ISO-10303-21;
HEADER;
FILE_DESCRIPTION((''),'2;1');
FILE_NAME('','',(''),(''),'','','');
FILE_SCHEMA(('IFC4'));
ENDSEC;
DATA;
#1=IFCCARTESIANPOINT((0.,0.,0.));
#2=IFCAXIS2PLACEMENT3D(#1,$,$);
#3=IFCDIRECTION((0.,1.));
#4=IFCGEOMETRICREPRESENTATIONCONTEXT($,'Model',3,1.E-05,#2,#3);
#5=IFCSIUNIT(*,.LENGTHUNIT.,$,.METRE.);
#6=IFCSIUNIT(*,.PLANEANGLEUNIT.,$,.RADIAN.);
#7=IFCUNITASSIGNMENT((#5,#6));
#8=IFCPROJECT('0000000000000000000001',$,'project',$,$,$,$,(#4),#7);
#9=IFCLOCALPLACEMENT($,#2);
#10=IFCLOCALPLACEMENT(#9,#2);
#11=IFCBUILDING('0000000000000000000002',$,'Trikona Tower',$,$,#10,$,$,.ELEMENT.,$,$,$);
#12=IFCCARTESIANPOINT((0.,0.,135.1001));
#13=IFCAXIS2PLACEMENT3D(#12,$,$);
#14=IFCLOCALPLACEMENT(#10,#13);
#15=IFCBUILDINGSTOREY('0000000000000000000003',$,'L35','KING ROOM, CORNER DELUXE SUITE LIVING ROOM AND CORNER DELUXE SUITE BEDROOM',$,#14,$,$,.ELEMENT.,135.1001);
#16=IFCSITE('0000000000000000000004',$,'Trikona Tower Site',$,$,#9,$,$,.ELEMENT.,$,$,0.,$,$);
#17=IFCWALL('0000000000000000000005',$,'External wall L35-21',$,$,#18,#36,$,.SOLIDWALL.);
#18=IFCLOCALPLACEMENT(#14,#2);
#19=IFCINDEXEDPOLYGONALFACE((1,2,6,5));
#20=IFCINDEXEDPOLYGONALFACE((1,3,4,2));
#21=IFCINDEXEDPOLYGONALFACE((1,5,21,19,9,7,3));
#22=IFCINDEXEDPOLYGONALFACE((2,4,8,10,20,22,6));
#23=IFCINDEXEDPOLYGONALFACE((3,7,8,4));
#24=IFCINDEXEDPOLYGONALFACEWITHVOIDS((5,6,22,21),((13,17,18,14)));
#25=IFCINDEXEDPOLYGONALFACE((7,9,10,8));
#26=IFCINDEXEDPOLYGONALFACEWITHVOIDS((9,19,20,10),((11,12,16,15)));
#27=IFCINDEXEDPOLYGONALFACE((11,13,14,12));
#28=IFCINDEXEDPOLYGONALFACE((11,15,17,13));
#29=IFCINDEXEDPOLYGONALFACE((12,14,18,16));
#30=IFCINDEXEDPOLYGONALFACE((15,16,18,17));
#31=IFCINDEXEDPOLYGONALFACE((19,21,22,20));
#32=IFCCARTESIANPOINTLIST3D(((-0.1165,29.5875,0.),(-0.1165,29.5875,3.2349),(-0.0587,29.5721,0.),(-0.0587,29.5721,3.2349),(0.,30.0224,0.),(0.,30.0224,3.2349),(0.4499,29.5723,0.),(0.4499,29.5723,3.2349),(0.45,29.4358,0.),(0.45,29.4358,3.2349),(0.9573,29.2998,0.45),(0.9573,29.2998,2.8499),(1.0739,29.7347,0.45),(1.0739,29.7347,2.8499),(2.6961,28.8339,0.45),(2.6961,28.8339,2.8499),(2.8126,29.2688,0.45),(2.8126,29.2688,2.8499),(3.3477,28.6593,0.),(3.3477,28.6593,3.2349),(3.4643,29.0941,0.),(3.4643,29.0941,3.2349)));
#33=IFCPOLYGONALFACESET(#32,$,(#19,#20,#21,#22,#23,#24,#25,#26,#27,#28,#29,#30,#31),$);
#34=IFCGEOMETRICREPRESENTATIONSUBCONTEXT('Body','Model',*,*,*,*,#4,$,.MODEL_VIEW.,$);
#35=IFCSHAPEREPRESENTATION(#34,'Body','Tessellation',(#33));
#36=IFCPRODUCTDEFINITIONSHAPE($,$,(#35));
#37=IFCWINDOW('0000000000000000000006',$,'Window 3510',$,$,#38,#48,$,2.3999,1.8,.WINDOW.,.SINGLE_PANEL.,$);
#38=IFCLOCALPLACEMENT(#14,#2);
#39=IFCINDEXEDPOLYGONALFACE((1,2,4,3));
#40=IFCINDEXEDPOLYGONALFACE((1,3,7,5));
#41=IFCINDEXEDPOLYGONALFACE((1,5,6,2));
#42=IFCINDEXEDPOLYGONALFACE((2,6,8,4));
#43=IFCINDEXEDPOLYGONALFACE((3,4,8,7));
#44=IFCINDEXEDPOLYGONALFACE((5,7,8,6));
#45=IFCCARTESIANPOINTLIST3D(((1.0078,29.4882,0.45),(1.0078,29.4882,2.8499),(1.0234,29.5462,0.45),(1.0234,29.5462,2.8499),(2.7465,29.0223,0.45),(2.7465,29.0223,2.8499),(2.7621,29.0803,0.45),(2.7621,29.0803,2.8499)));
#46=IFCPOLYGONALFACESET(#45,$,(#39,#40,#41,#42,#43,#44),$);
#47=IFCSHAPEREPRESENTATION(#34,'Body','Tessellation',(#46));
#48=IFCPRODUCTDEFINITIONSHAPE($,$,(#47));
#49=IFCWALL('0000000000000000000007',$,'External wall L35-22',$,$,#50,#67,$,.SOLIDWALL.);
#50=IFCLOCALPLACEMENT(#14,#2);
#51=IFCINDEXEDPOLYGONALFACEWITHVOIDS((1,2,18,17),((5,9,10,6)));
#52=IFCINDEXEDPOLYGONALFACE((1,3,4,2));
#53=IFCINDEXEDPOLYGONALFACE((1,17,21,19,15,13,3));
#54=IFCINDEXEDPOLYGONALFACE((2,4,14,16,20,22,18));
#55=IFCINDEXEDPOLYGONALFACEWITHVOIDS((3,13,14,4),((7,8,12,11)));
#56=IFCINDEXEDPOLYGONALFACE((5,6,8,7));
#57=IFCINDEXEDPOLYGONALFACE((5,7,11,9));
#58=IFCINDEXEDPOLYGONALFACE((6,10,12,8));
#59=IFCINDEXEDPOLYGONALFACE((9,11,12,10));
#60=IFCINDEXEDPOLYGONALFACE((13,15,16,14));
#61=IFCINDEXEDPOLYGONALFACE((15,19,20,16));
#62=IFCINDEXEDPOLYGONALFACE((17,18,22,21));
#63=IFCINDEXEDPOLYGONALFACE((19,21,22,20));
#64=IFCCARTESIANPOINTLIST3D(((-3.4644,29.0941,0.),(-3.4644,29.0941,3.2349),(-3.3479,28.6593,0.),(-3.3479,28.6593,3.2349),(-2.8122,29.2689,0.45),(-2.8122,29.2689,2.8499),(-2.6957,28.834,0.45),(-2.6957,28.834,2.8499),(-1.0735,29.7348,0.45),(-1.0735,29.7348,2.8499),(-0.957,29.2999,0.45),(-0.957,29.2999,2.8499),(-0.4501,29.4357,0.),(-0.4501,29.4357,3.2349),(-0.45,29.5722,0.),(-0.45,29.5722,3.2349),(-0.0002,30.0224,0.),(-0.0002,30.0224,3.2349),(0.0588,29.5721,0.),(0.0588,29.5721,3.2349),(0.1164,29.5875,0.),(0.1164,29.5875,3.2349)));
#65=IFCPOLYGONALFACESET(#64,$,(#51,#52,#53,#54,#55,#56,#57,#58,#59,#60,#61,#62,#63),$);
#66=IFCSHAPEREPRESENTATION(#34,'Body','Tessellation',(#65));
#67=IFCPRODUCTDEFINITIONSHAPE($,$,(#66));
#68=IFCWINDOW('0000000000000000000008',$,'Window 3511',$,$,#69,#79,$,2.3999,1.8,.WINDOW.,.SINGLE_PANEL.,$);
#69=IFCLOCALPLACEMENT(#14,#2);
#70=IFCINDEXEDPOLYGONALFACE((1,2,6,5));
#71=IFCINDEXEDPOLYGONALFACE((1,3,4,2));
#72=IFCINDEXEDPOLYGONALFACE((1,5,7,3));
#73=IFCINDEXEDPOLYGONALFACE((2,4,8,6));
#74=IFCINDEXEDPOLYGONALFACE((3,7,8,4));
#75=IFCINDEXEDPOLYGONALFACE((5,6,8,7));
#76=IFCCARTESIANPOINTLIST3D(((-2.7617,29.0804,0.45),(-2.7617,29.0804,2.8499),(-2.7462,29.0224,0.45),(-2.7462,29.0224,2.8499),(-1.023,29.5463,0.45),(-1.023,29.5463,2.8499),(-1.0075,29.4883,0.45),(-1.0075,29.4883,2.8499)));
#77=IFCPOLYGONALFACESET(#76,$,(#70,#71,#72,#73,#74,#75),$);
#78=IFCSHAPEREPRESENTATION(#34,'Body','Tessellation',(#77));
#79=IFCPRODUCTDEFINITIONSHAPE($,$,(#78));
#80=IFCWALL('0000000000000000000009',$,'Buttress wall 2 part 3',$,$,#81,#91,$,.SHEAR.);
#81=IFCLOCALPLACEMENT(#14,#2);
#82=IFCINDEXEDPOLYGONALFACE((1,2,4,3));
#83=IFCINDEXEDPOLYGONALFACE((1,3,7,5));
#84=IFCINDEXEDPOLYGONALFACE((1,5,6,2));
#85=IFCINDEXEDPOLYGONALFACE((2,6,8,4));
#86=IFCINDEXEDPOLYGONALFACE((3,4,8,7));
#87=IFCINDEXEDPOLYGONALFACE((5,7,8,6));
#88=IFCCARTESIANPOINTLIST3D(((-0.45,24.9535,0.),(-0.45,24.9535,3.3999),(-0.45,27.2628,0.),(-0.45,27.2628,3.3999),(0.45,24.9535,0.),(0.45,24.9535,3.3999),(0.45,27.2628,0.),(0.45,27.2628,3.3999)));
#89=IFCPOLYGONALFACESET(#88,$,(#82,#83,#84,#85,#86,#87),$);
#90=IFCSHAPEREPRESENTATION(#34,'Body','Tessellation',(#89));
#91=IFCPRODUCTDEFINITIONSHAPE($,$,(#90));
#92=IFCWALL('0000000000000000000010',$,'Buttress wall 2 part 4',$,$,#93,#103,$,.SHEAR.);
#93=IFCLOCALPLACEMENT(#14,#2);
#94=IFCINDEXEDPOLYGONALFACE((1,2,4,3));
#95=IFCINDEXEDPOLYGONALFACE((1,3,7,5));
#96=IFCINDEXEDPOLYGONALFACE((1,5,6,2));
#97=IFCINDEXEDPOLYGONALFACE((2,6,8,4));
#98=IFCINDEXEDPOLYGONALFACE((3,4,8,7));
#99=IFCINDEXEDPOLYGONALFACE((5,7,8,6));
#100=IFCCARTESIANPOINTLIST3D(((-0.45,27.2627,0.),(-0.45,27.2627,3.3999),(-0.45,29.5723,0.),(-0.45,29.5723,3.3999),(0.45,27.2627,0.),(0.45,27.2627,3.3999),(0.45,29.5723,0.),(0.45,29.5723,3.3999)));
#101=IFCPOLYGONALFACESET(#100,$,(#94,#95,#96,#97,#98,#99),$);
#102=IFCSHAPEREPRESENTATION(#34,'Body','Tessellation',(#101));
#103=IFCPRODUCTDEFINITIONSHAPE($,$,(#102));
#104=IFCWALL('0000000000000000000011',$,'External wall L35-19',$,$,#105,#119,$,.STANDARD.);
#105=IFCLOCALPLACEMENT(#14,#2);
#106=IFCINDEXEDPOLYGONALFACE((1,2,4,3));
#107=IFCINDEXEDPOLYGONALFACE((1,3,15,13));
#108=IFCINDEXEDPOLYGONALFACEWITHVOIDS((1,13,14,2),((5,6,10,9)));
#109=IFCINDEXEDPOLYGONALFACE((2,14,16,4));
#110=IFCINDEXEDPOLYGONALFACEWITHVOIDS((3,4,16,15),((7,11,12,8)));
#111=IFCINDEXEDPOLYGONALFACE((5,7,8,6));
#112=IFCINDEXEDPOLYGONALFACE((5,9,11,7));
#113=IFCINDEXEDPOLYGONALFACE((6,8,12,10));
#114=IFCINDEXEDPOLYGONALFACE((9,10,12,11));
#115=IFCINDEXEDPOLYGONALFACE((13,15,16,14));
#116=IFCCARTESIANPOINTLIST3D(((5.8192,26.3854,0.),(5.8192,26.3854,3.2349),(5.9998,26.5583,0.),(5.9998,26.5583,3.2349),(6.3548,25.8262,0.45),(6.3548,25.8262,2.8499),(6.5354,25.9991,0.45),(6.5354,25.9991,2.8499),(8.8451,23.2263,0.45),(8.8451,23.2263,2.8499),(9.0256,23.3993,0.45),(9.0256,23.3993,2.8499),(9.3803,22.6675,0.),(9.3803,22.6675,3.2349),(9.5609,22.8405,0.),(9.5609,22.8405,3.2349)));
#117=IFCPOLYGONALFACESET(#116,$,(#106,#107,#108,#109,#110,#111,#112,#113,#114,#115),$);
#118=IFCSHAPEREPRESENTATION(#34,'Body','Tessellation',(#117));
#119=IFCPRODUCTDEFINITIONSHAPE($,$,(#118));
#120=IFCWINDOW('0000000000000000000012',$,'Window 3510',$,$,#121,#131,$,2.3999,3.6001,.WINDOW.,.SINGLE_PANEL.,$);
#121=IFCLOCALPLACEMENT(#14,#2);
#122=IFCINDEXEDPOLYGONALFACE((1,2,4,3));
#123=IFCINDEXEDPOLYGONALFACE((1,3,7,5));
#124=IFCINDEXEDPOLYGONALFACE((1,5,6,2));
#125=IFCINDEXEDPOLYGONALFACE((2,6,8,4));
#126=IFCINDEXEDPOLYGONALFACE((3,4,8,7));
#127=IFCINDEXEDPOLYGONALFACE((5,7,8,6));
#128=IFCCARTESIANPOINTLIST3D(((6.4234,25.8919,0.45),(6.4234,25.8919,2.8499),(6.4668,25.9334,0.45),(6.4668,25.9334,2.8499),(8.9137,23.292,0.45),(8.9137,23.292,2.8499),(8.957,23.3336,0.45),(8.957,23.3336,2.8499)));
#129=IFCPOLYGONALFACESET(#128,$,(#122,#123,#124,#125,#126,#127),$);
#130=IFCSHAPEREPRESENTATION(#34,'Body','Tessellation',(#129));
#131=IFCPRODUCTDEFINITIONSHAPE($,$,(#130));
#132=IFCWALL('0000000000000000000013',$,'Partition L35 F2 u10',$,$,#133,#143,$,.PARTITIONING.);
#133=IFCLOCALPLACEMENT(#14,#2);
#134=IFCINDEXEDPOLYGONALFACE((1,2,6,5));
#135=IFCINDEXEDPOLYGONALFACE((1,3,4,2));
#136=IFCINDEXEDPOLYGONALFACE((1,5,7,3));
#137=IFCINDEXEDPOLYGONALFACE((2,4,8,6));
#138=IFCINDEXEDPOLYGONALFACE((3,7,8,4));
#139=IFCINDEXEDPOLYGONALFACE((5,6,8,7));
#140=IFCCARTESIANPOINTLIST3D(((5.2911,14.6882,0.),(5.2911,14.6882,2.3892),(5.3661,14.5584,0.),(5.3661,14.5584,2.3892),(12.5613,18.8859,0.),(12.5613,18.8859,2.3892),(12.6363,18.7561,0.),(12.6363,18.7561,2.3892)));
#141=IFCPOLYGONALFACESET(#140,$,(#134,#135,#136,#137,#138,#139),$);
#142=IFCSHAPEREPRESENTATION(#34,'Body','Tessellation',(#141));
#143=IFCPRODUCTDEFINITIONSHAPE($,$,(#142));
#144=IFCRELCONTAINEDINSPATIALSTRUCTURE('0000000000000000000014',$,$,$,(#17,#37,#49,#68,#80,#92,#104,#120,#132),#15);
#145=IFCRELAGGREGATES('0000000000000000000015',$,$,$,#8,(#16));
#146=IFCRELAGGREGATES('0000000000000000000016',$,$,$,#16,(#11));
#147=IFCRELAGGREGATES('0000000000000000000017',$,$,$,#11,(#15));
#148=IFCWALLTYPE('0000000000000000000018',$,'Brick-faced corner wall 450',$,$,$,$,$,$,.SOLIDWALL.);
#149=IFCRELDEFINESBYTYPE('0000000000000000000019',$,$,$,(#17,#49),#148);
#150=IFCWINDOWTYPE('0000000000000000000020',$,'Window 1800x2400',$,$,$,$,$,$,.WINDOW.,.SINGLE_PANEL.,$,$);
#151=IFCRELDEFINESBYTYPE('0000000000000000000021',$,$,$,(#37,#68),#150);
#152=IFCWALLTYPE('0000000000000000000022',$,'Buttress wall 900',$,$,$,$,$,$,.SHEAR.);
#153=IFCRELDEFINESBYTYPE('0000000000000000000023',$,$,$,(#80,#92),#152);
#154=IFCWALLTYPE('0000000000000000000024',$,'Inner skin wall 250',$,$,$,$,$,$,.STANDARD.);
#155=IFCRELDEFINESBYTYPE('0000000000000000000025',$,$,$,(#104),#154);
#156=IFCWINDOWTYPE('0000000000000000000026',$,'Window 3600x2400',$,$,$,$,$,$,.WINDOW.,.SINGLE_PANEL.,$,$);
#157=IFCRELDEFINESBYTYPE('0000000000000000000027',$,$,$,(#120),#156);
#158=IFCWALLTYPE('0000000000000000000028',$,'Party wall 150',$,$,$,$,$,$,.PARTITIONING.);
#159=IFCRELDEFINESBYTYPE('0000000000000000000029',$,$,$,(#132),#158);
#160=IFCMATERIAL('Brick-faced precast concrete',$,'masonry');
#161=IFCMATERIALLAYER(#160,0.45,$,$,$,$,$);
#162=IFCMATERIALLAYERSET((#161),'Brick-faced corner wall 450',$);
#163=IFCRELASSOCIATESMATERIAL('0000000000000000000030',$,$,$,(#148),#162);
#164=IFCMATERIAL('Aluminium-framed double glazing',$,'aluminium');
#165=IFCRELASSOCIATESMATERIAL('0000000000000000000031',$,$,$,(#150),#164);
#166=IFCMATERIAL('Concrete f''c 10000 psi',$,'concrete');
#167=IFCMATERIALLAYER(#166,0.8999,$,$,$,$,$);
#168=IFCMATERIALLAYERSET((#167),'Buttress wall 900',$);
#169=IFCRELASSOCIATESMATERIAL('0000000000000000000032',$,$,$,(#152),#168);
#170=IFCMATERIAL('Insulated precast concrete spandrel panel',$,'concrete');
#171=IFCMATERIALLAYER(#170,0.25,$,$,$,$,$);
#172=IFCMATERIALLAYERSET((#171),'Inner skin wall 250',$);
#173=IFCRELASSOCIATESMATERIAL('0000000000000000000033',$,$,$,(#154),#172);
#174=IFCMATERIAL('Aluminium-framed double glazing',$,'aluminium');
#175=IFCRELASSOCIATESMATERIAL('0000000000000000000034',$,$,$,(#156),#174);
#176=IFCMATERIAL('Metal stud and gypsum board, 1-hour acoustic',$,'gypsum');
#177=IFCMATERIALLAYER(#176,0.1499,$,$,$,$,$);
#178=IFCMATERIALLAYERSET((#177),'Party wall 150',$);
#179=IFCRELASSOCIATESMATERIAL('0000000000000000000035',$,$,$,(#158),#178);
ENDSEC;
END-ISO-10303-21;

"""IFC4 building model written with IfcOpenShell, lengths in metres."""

from ifc_helpers import new_model, si_unit, direction, frame, frame_2d, origin, place, context, subcontext, project, spatial, polyline, rectangle, outline, extrude, material, layer, layer_set, type_object, element, fill, save


model = new_model("IFC4")

# Units and contexts
model_context = context("Model", 3, precision=1e-05, world=origin(), true_north=direction((0.0, 1.0)))
body_context = subcontext(model_context, "Body", "Model", "MODEL_VIEW")
ifc_project = project(units=[si_unit("LENGTHUNIT", "METRE"), si_unit("PLANEANGLEUNIT", "RADIAN")], contexts=[model_context])

# Site, building, storey
site_placement = place(None, origin())
site = spatial("IfcSite", under=ifc_project, at=site_placement, Name="Trikona Tower Site", CompositionType="ELEMENT", RefElevation=0.0)
building_placement = place(site_placement, origin())
building = spatial("IfcBuilding", under=site, at=building_placement, Name="Trikona Tower", CompositionType="ELEMENT")
storey_placement = place(building_placement, frame((0.0, 0.0, 135.1001)))
storey = spatial("IfcBuildingStorey", under=building, at=storey_placement, Name="L35", Description="KING ROOM, CORNER DELUXE SUITE LIVING ROOM AND CORNER DELUXE SUITE BEDROOM", CompositionType="ELEMENT", Elevation=135.1001)

# Walls, openings, windows
ifc_material_1 = material(Name="Brick-faced precast concrete", Category="masonry")
ifc_layer_1 = layer(ifc_material_1, 0.45)
ifc_layer_set_1 = layer_set([ifc_layer_1], Name="Brick-faced corner wall 450")
wall_type_1 = type_object("IfcWallType", Name="Brick-faced corner wall 450", PredefinedType="SOLIDWALL", material=ifc_layer_set_1)
wall_1_placement = place(storey_placement, frame((3.406, 28.8767, 0.0), z_axis=(0.0, 0.0, 1.0), x_axis=(-0.965925, 0.258823, 0.0)))
wall_1 = element("IfcWall", 1, at=wall_1_placement, inside=storey, type_object=wall_type_1, Name="External wall L35-21", PredefinedType="SOLIDWALL", context=body_context, shape_type="SweptSolid", body=[
    extrude(outline(polyline([(3.5864, 0.2251), (3.5266, 0.2251), (3.0354, 0.0933), (3.0, 0.2251), (0.0, 0.2251), (0.0, -0.2251), (3.5864, -0.2251), (3.5864, 0.2251)])), origin(), (0.0, 0.0, 1.0), 3.2349),
])
opening_1_placement = place(wall_1_placement, frame((0.6748, 0.0, 0.45)))
opening_1 = element("IfcOpeningElement", 2, at=opening_1_placement, cuts=wall_1, PredefinedType="OPENING", context=body_context, shape_type="SweptSolid", body=[
    extrude(rectangle(XDim=1.8, YDim=2.3999, at=frame_2d((0.8999, 1.2))), frame((0.0, 0.2349, 0.0), z_axis=(0.0, -1.0, 0.0), x_axis=(1.0, 0.0, 0.0)), (0.0, 0.0, 1.0), 0.47),
])
ifc_material_2 = material(Name="Aluminium-framed double glazing", Category="aluminium")
window_type_1 = type_object("IfcWindowType", Name="Window 1800x2400", PartitioningType="SINGLE_PANEL", PredefinedType="WINDOW", material=ifc_material_2)
window_1_placement = place(opening_1_placement, origin())
window_1 = element("IfcWindow", 3, at=window_1_placement, inside=storey, type_object=window_type_1, Name="Window 3510", OverallHeight=2.3999, OverallWidth=1.8, PartitioningType="SINGLE_PANEL", PredefinedType="WINDOW", context=body_context, shape_type="SweptSolid", body=[
    extrude(rectangle(XDim=1.8, YDim=2.3999, at=frame_2d((0.8999, 1.2))), frame((0.0, 0.03, 0.0), z_axis=(0.0, -1.0, 0.0), x_axis=(1.0, 0.0, 0.0)), (0.0, 0.0, 1.0), 0.0601),
])
fill(opening_1, window_1)
wall_2_placement = place(storey_placement, frame((0.0581, 29.8049, 0.0), z_axis=(0.0, 0.0, 1.0), x_axis=(-0.965925, -0.258823, 0.0)))
wall_2 = element("IfcWall", 4, at=wall_2_placement, inside=storey, type_object=wall_type_1, Name="External wall L35-22", PredefinedType="SOLIDWALL", context=body_context, shape_type="SweptSolid", body=[
    extrude(outline(polyline([(3.5864, 0.2251), (0.5864, 0.2251), (0.551, 0.0933), (0.0596, 0.2251), (0.0, 0.2251), (0.0, -0.2251), (3.5864, -0.2251), (3.5864, 0.2251)])), origin(), (0.0, 0.0, 1.0), 3.2349),
])
opening_2_placement = place(wall_2_placement, frame((1.1113, 0.0, 0.45)))
opening_2 = element("IfcOpeningElement", 5, at=opening_2_placement, cuts=wall_2, PredefinedType="OPENING", context=body_context, shape_type="SweptSolid", body=[
    extrude(rectangle(XDim=1.8, YDim=2.3999, at=frame_2d((0.8999, 1.2))), frame((0.0, 0.2349, 0.0), z_axis=(0.0, -1.0, 0.0), x_axis=(1.0, 0.0, 0.0)), (0.0, 0.0, 1.0), 0.47),
])
window_2_placement = place(opening_2_placement, origin())
window_2 = element("IfcWindow", 6, at=window_2_placement, inside=storey, type_object=window_type_1, Name="Window 3511", OverallHeight=2.3999, OverallWidth=1.8, PartitioningType="SINGLE_PANEL", PredefinedType="WINDOW", context=body_context, shape_type="SweptSolid", body=[
    extrude(rectangle(XDim=1.8, YDim=2.3999, at=frame_2d((0.8999, 1.2))), frame((0.0, 0.03, 0.0), z_axis=(0.0, -1.0, 0.0), x_axis=(1.0, 0.0, 0.0)), (0.0, 0.0, 1.0), 0.0601),
])
fill(opening_2, window_2)

# Walls
ifc_material_3 = material(Name="Concrete f'c 10000 psi", Category="concrete")
ifc_layer_2 = layer(ifc_material_3, 0.8999)
ifc_layer_set_2 = layer_set([ifc_layer_2], Name="Buttress wall 900")
wall_type_2 = type_object("IfcWallType", Name="Buttress wall 900", PredefinedType="SHEAR", material=ifc_layer_set_2)
wall_3_placement = place(storey_placement, frame((0.0, 24.9534, 0.0), z_axis=(0.0, 0.0, 1.0), x_axis=(0.0, 1.0, 0.0)))
element("IfcWall", 7, at=wall_3_placement, inside=storey, type_object=wall_type_2, Name="Buttress wall 2 part 3", PredefinedType="SHEAR", context=body_context, shape_type="SweptSolid", body=[
    extrude(rectangle(XDim=2.3093, YDim=0.8999, at=frame_2d((1.1548, 0.0))), origin(), (0.0, 0.0, 1.0), 3.3999),
])
wall_4_placement = place(storey_placement, frame((0.0, 27.2627, 0.0), z_axis=(0.0, 0.0, 1.0), x_axis=(0.0, 1.0, 0.0)))
element("IfcWall", 8, at=wall_4_placement, inside=storey, type_object=wall_type_2, Name="Buttress wall 2 part 4", PredefinedType="SHEAR", context=body_context, shape_type="SweptSolid", body=[
    extrude(rectangle(XDim=2.3096, YDim=0.8999, at=frame_2d((1.1548, 0.0))), origin(), (0.0, 0.0, 1.0), 3.3999),
])

# Wall, opening, window
ifc_material_4 = material(Name="Insulated precast concrete spandrel panel", Category="concrete")
ifc_layer_3 = layer(ifc_material_4, 0.25)
ifc_layer_set_3 = layer_set([ifc_layer_3], Name="Inner skin wall 250")
wall_type_3 = type_object("IfcWallType", Name="Inner skin wall 250", PredefinedType="STANDARD", material=ifc_layer_set_3)
wall_5_placement = place(storey_placement, frame((9.4707, 22.7539, 0.0), z_axis=(0.0, 0.0, 1.0), x_axis=(-0.69172, 0.722166, 0.0)))
wall_5 = element("IfcWall", 9, at=wall_5_placement, inside=storey, type_object=wall_type_3, Name="External wall L35-19", PredefinedType="STANDARD", context=body_context, shape_type="SweptSolid", body=[
    extrude(rectangle(XDim=5.1482, YDim=0.25, at=frame_2d((2.5742, 0.0))), origin(), (0.0, 0.0, 1.0), 3.2349),
])
opening_3_placement = place(wall_5_placement, frame((0.7739, 0.0, 0.45)))
opening_3 = element("IfcOpeningElement", 10, at=opening_3_placement, cuts=wall_5, PredefinedType="OPENING", context=body_context, shape_type="SweptSolid", body=[
    extrude(rectangle(XDim=3.6001, YDim=2.3999, at=frame_2d((1.8, 1.2))), frame((0.0, 0.135, 0.0), z_axis=(0.0, -1.0, 0.0), x_axis=(1.0, 0.0, 0.0)), (0.0, 0.0, 1.0), 0.27),
])
ifc_material_5 = material(Name="Aluminium-framed double glazing", Category="aluminium")
window_type_2 = type_object("IfcWindowType", Name="Window 3600x2400", PartitioningType="SINGLE_PANEL", PredefinedType="WINDOW", material=ifc_material_5)
window_3_placement = place(opening_3_placement, origin())
window_3 = element("IfcWindow", 11, at=window_3_placement, inside=storey, type_object=window_type_2, Name="Window 3510", OverallHeight=2.3999, OverallWidth=3.6001, PartitioningType="SINGLE_PANEL", PredefinedType="WINDOW", context=body_context, shape_type="SweptSolid", body=[
    extrude(rectangle(XDim=3.6001, YDim=2.3999, at=frame_2d((1.8, 1.2))), frame((0.0, 0.03, 0.0), z_axis=(0.0, -1.0, 0.0), x_axis=(1.0, 0.0, 0.0)), (0.0, 0.0, 1.0), 0.0601),
])
fill(opening_3, window_3)

# Wall
ifc_material_6 = material(Name="Metal stud and gypsum board, 1-hour acoustic", Category="gypsum")
ifc_layer_4 = layer(ifc_material_6, 0.1499)
ifc_layer_set_4 = layer_set([ifc_layer_4], Name="Party wall 150")
wall_type_4 = type_object("IfcWallType", Name="Party wall 150", PredefinedType="PARTITIONING", material=ifc_layer_set_4)
wall_6_placement = place(storey_placement, frame((5.3286, 14.6233, 0.0), z_axis=(0.0, 0.0, 1.0), x_axis=(0.866012, 0.500024, 0.0)))
element("IfcWall", 12, at=wall_6_placement, inside=storey, type_object=wall_type_4, Name="Partition L35 F2 u10", PredefinedType="PARTITIONING", context=body_context, shape_type="SweptSolid", body=[
    extrude(rectangle(XDim=8.395, YDim=0.1499, at=frame_2d((4.1975, 0.0))), origin(), (0.0, 0.0, 1.0), 2.3892),
])

save(model, "model.ifc")
